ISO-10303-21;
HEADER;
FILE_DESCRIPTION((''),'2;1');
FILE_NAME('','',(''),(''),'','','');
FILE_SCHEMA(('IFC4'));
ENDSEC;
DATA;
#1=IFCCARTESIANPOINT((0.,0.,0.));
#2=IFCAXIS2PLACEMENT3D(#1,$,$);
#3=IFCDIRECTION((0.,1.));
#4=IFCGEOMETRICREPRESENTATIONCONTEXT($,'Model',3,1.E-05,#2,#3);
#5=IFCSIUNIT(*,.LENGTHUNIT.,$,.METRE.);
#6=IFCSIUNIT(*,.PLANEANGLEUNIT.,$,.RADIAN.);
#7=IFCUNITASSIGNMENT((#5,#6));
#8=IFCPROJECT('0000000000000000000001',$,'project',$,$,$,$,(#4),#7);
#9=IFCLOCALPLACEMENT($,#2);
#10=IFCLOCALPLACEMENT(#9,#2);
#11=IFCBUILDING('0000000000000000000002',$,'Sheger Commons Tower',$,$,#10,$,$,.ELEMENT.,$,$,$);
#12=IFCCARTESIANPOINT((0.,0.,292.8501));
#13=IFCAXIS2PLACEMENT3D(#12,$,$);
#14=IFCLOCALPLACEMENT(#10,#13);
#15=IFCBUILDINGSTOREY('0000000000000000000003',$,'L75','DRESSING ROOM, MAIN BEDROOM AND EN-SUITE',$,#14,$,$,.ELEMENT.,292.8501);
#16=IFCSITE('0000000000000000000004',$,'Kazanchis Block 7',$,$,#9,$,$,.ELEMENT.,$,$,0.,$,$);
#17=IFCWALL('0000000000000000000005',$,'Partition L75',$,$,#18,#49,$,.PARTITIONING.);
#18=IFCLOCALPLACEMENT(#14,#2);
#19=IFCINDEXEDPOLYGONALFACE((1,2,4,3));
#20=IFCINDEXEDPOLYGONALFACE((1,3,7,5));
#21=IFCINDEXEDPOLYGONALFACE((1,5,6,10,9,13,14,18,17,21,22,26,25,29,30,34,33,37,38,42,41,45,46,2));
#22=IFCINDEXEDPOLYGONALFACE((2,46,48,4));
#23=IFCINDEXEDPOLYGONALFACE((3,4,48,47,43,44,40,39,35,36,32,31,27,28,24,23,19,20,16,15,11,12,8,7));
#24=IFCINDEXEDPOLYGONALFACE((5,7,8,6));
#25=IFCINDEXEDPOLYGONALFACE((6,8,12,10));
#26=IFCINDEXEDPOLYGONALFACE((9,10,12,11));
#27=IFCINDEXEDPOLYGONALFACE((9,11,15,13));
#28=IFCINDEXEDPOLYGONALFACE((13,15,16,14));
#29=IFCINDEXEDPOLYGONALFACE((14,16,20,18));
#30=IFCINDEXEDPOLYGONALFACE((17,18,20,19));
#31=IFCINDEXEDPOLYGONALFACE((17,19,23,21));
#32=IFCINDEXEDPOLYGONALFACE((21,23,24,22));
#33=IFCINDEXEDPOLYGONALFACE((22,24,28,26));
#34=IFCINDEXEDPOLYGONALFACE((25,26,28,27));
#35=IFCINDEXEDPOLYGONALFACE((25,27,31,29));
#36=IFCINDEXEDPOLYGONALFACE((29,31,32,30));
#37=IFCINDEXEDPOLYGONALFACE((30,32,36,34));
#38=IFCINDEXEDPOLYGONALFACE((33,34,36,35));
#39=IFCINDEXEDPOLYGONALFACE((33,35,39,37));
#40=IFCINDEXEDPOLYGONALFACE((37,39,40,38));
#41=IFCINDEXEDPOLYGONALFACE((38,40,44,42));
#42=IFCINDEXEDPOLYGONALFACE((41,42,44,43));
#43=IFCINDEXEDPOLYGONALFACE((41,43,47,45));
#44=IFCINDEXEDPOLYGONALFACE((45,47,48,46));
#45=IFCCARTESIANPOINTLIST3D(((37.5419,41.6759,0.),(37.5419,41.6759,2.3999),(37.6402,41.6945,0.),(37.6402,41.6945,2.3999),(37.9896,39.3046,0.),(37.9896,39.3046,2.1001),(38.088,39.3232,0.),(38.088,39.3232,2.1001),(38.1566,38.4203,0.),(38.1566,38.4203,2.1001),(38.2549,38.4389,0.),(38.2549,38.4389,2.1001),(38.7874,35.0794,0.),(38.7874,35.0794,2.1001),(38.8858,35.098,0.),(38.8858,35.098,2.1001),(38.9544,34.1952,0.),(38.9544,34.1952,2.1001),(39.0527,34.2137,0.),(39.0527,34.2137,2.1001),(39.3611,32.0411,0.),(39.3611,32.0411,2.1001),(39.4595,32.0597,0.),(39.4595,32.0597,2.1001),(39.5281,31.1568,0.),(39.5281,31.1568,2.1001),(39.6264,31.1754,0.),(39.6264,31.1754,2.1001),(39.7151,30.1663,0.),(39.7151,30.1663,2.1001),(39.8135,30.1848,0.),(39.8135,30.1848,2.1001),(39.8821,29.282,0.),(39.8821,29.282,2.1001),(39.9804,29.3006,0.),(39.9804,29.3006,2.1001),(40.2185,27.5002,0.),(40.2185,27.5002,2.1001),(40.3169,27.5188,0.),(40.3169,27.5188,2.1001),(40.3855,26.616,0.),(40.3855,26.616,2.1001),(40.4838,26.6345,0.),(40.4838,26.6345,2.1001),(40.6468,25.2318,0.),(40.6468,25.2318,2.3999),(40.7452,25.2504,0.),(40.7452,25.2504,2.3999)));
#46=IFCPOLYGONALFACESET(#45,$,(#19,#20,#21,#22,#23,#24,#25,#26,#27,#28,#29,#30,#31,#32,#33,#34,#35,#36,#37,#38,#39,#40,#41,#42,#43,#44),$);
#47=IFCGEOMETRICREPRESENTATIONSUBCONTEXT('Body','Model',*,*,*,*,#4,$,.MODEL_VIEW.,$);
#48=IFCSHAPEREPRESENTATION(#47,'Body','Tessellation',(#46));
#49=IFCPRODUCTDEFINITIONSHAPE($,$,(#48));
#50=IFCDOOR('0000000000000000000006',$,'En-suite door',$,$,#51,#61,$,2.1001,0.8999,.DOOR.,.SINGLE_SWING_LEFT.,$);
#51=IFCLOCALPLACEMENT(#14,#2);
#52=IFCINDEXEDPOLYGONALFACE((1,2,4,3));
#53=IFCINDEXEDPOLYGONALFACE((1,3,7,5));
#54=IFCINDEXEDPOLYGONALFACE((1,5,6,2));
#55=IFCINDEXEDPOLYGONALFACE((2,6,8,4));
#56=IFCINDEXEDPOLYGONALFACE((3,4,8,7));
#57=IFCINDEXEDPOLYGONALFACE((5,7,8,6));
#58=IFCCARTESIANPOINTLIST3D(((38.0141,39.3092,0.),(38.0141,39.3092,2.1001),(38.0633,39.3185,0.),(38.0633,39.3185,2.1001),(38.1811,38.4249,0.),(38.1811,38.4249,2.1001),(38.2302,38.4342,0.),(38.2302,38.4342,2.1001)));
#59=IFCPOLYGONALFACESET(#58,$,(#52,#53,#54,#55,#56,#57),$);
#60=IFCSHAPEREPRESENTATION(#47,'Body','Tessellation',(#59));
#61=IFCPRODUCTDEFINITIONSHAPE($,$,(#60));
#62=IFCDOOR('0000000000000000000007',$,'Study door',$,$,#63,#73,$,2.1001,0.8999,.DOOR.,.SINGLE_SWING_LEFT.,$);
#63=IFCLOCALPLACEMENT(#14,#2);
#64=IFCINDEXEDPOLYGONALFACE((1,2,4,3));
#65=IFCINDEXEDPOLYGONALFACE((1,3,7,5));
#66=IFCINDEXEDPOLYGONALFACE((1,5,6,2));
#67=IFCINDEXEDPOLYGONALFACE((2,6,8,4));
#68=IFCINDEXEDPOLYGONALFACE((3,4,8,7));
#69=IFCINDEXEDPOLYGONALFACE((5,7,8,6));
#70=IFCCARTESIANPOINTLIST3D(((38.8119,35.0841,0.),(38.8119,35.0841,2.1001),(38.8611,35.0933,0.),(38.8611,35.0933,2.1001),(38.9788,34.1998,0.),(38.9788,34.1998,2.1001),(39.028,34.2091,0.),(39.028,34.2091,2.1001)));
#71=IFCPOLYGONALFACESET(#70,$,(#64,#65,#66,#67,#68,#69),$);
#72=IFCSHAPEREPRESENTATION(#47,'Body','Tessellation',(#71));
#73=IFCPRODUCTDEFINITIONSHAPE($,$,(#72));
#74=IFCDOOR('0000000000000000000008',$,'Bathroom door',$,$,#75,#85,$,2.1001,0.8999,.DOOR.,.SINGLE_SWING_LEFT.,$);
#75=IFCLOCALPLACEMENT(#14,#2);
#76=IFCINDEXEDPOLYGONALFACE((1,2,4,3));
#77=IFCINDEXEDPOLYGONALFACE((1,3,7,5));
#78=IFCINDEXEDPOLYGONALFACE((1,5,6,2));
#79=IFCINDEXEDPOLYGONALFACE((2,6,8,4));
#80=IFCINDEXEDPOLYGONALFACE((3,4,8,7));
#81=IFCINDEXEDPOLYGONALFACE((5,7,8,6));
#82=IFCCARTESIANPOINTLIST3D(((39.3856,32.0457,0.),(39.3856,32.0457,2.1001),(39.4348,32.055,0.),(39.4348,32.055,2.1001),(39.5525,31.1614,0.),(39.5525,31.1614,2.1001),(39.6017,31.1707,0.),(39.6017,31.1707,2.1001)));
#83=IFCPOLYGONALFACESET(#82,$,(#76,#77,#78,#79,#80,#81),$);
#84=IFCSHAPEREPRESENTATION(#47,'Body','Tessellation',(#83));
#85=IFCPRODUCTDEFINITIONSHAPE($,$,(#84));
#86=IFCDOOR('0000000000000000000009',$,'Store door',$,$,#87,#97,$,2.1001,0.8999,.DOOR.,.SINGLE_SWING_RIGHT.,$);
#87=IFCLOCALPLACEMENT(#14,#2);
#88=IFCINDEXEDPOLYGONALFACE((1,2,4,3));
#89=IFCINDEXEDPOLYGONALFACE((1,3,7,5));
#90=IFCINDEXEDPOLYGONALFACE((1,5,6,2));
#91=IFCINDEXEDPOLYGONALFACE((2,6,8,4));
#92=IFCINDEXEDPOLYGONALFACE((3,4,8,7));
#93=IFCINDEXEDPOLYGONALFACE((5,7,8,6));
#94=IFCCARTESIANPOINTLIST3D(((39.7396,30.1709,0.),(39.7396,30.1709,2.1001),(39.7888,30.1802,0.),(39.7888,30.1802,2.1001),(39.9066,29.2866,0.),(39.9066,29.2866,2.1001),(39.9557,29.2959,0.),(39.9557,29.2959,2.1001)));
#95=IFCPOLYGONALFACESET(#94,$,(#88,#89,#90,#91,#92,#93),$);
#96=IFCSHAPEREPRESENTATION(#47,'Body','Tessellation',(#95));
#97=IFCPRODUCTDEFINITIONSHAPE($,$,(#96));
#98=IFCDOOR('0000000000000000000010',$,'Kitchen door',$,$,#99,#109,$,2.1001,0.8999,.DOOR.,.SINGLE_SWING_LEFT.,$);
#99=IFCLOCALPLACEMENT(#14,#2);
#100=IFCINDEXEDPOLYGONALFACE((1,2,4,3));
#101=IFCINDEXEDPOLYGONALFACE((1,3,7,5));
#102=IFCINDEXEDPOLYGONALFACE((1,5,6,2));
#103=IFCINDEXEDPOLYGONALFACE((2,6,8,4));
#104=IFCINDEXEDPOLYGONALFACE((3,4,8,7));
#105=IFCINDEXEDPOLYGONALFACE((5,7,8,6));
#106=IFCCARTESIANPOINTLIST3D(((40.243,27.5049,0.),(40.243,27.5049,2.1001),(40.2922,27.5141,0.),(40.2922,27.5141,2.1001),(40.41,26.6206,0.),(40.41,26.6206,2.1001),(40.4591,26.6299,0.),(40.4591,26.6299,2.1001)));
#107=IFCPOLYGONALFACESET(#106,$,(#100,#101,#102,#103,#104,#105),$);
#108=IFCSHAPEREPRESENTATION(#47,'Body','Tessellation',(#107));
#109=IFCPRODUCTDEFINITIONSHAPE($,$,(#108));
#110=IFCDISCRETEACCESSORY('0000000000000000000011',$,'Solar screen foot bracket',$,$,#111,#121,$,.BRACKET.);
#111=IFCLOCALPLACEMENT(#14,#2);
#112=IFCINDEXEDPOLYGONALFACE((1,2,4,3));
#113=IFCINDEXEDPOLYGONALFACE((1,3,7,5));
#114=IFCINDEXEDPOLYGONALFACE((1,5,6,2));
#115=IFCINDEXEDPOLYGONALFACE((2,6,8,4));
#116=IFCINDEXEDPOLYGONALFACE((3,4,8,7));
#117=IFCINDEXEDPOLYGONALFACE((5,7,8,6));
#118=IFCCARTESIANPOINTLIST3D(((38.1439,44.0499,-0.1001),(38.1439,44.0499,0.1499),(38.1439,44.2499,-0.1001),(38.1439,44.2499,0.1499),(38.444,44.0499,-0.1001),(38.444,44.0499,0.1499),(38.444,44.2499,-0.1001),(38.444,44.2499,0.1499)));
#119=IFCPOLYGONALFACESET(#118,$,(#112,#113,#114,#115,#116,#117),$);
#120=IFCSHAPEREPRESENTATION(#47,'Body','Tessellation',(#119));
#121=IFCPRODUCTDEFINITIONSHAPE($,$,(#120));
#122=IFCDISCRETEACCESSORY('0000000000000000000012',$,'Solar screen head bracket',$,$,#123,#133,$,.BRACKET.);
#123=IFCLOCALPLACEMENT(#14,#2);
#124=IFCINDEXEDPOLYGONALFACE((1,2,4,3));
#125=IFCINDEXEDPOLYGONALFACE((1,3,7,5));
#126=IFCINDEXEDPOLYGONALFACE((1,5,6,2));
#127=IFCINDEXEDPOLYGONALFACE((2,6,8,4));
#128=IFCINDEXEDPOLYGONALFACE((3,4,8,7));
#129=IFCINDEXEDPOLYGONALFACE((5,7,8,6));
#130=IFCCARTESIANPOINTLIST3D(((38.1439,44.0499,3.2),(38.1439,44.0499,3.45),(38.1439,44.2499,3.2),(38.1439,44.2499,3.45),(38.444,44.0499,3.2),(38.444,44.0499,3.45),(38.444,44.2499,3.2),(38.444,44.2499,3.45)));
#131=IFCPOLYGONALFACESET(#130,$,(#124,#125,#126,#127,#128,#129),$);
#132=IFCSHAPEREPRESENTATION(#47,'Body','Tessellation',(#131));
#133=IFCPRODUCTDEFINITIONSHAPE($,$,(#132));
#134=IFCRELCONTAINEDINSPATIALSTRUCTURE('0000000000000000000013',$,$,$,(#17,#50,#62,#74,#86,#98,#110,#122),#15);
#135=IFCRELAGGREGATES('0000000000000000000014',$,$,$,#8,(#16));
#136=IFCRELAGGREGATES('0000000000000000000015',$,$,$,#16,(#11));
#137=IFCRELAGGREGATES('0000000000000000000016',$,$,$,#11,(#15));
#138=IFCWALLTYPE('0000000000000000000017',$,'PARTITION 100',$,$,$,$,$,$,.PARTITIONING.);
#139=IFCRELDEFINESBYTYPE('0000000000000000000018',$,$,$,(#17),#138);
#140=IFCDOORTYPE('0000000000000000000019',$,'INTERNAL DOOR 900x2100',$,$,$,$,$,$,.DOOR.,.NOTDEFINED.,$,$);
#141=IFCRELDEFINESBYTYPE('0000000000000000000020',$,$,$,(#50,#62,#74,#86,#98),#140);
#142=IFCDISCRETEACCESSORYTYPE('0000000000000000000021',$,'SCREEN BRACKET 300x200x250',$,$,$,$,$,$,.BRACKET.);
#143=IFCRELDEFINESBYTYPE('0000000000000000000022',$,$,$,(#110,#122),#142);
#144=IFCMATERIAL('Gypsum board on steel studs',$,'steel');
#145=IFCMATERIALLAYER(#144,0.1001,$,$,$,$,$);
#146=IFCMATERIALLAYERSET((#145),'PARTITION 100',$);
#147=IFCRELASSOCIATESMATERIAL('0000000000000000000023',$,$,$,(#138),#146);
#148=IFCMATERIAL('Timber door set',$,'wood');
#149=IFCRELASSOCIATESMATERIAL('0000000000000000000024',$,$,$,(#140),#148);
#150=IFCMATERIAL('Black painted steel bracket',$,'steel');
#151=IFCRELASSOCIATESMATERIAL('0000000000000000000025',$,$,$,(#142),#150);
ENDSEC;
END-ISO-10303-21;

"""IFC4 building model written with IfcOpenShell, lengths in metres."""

from ifc_helpers import new_model, si_unit, direction, frame, frame_2d, origin, origin_2d, place, context, subcontext, project, spatial, rectangle, extrude, material, layer, layer_set, type_object, element, fill, save


model = new_model("IFC4")

# Units and contexts
model_context = context("Model", 3, precision=1e-05, world=origin(), true_north=direction((0.0, 1.0)))
body_context = subcontext(model_context, "Body", "Model", "MODEL_VIEW")
ifc_project = project(units=[si_unit("LENGTHUNIT", "METRE"), si_unit("PLANEANGLEUNIT", "RADIAN")], contexts=[model_context])

# Site, building, storey
site_placement = place(None, origin())
site = spatial("IfcSite", under=ifc_project, at=site_placement, Name="Kazanchis Block 7", CompositionType="ELEMENT", RefElevation=0.0)
building_placement = place(site_placement, origin())
building = spatial("IfcBuilding", under=site, at=building_placement, Name="Sheger Commons Tower", CompositionType="ELEMENT")
storey_placement = place(building_placement, frame((0.0, 0.0, 292.8501)))
storey = spatial("IfcBuildingStorey", under=building, at=storey_placement, Name="L75", Description="DRESSING ROOM, MAIN BEDROOM AND EN-SUITE", CompositionType="ELEMENT", Elevation=292.8501)

# Shared definitions
ifc_material_1 = material(Name="Gypsum board on steel studs", Category="steel")
ifc_layer_1 = layer(ifc_material_1, 0.1001)
ifc_layer_set_1 = layer_set([ifc_layer_1], Name="PARTITION 100")
wall_type_1 = type_object("IfcWallType", Name="PARTITION 100", PredefinedType="PARTITIONING", material=ifc_layer_set_1)

# Wall, openings, doors
wall_1_placement = place(storey_placement, frame((37.5911, 41.6851, 0.0), z_axis=(0.0, 0.0, 1.0), x_axis=(0.185542, -0.982636, 0.0)))
wall_1 = element("IfcWall", 1, at=wall_1_placement, inside=storey, type_object=wall_type_1, Name="Partition L75", PredefinedType="PARTITIONING", context=body_context, shape_type="SweptSolid", body=[
    extrude(rectangle(XDim=16.7346, YDim=0.1001, at=frame_2d((8.3672, 0.0))), origin(), (0.0, 0.0, 1.0), 2.3999),
])
opening_1_placement = place(wall_1_placement, frame((2.4131, 0.0, 0.0)))
opening_1 = element("IfcOpeningElement", 2, at=opening_1_placement, cuts=wall_1, PredefinedType="OPENING", context=body_context, shape_type="SweptSolid", body=[
    extrude(rectangle(XDim=0.8999, YDim=2.1001, at=frame_2d((0.45, 1.05))), frame((0.0, 0.0601, 0.0), z_axis=(0.0, -1.0, 0.0), x_axis=(1.0, 0.0, 0.0)), (0.0, 0.0, 1.0), 0.1201),
])
opening_2_placement = place(wall_1_placement, frame((6.7129, 0.0, 0.0)))
opening_2 = element("IfcOpeningElement", 3, at=opening_2_placement, cuts=wall_1, PredefinedType="OPENING", context=body_context, shape_type="SweptSolid", body=[
    extrude(rectangle(XDim=0.8999, YDim=2.1001, at=frame_2d((0.45, 1.05))), frame((0.0, 0.0601, 0.0), z_axis=(0.0, -1.0, 0.0), x_axis=(1.0, 0.0, 0.0)), (0.0, 0.0, 1.0), 0.1201),
])
opening_3_placement = place(wall_1_placement, frame((9.8049, 0.0, 0.0)))
opening_3 = element("IfcOpeningElement", 4, at=opening_3_placement, cuts=wall_1, PredefinedType="OPENING", context=body_context, shape_type="SweptSolid", body=[
    extrude(rectangle(XDim=0.8999, YDim=2.1001, at=frame_2d((0.45, 1.05))), frame((0.0, 0.0601, 0.0), z_axis=(0.0, -1.0, 0.0), x_axis=(1.0, 0.0, 0.0)), (0.0, 0.0, 1.0), 0.1201),
])
opening_4_placement = place(wall_1_placement, frame((11.7129, 0.0, 0.0)))
opening_4 = element("IfcOpeningElement", 5, at=opening_4_placement, cuts=wall_1, PredefinedType="OPENING", context=body_context, shape_type="SweptSolid", body=[
    extrude(rectangle(XDim=0.8999, YDim=2.1001, at=frame_2d((0.45, 1.05))), frame((0.0, 0.0601, 0.0), z_axis=(0.0, -1.0, 0.0), x_axis=(1.0, 0.0, 0.0)), (0.0, 0.0, 1.0), 0.1201),
])
opening_5_placement = place(wall_1_placement, frame((14.426, 0.0, 0.0)))
opening_5 = element("IfcOpeningElement", 6, at=opening_5_placement, cuts=wall_1, PredefinedType="OPENING", context=body_context, shape_type="SweptSolid", body=[
    extrude(rectangle(XDim=0.8999, YDim=2.1001, at=frame_2d((0.45, 1.05))), frame((0.0, 0.0601, 0.0), z_axis=(0.0, -1.0, 0.0), x_axis=(1.0, 0.0, 0.0)), (0.0, 0.0, 1.0), 0.1201),
])
ifc_material_2 = material(Name="Timber door set", Category="wood")
door_type_1 = type_object("IfcDoorType", Name="INTERNAL DOOR 900x2100", OperationType="NOTDEFINED", PredefinedType="DOOR", material=ifc_material_2)
door_1_placement = place(opening_1_placement, origin())
door_1 = element("IfcDoor", 7, at=door_1_placement, inside=storey, type_object=door_type_1, Name="En-suite door", OperationType="SINGLE_SWING_LEFT", OverallHeight=2.1001, OverallWidth=0.8999, PredefinedType="DOOR", context=body_context, shape_type="SweptSolid", body=[
    extrude(rectangle(XDim=0.8999, YDim=2.1001, at=frame_2d((0.45, 1.05))), frame((0.0, 0.0249, 0.0), z_axis=(0.0, -1.0, 0.0), x_axis=(1.0, 0.0, 0.0)), (0.0, 0.0, 1.0), 0.05),
])
fill(opening_1, door_1)
door_2_placement = place(opening_2_placement, origin())
door_2 = element("IfcDoor", 8, at=door_2_placement, inside=storey, type_object=door_type_1, Name="Study door", OperationType="SINGLE_SWING_LEFT", OverallHeight=2.1001, OverallWidth=0.8999, PredefinedType="DOOR", context=body_context, shape_type="SweptSolid", body=[
    extrude(rectangle(XDim=0.8999, YDim=2.1001, at=frame_2d((0.45, 1.05))), frame((0.0, 0.0249, 0.0), z_axis=(0.0, -1.0, 0.0), x_axis=(1.0, 0.0, 0.0)), (0.0, 0.0, 1.0), 0.05),
])
fill(opening_2, door_2)
door_3_placement = place(opening_3_placement, origin())
door_3 = element("IfcDoor", 9, at=door_3_placement, inside=storey, type_object=door_type_1, Name="Bathroom door", OperationType="SINGLE_SWING_LEFT", OverallHeight=2.1001, OverallWidth=0.8999, PredefinedType="DOOR", context=body_context, shape_type="SweptSolid", body=[
    extrude(rectangle(XDim=0.8999, YDim=2.1001, at=frame_2d((0.45, 1.05))), frame((0.0, 0.0249, 0.0), z_axis=(0.0, -1.0, 0.0), x_axis=(1.0, 0.0, 0.0)), (0.0, 0.0, 1.0), 0.05),
])
fill(opening_3, door_3)
door_4_placement = place(opening_4_placement, origin())
door_4 = element("IfcDoor", 10, at=door_4_placement, inside=storey, type_object=door_type_1, Name="Store door", OperationType="SINGLE_SWING_RIGHT", OverallHeight=2.1001, OverallWidth=0.8999, PredefinedType="DOOR", context=body_context, shape_type="SweptSolid", body=[
    extrude(rectangle(XDim=0.8999, YDim=2.1001, at=frame_2d((0.45, 1.05))), frame((0.0, 0.0249, 0.0), z_axis=(0.0, -1.0, 0.0), x_axis=(1.0, 0.0, 0.0)), (0.0, 0.0, 1.0), 0.05),
])
fill(opening_4, door_4)
door_5_placement = place(opening_5_placement, origin())
door_5 = element("IfcDoor", 11, at=door_5_placement, inside=storey, type_object=door_type_1, Name="Kitchen door", OperationType="SINGLE_SWING_LEFT", OverallHeight=2.1001, OverallWidth=0.8999, PredefinedType="DOOR", context=body_context, shape_type="SweptSolid", body=[
    extrude(rectangle(XDim=0.8999, YDim=2.1001, at=frame_2d((0.45, 1.05))), frame((0.0, 0.0249, 0.0), z_axis=(0.0, -1.0, 0.0), x_axis=(1.0, 0.0, 0.0)), (0.0, 0.0, 1.0), 0.05),
])
fill(opening_5, door_5)

# Discrete accessories
ifc_material_3 = material(Name="Black painted steel bracket", Category="steel")
discrete_accessory_type = type_object("IfcDiscreteAccessoryType", Name="SCREEN BRACKET 300x200x250", PredefinedType="BRACKET", material=ifc_material_3)
for number, where, z_axis, x_axis, name in (
    (12, (38.2939, 44.1499, -0.1001), (0.0, 0.0, 1.0), (-1.0, 0.0, 0.0), "Solar screen foot bracket"),
    (13, (38.2939, 44.1499, 3.2), (0.0, 0.0, 1.0), (-1.0, 0.0, 0.0), "Solar screen head bracket"),
):
    element("IfcDiscreteAccessory", number, at=place(storey_placement, frame(where, z_axis=z_axis, x_axis=x_axis)), inside=storey, type_object=discrete_accessory_type, Name=name, PredefinedType="BRACKET", context=body_context, shape_type="SweptSolid", body=[
        extrude(rectangle(XDim=0.3, YDim=0.2, at=origin_2d()), origin(), (0.0, 0.0, 1.0), 0.25),
    ])

save(model, "model.ifc")
